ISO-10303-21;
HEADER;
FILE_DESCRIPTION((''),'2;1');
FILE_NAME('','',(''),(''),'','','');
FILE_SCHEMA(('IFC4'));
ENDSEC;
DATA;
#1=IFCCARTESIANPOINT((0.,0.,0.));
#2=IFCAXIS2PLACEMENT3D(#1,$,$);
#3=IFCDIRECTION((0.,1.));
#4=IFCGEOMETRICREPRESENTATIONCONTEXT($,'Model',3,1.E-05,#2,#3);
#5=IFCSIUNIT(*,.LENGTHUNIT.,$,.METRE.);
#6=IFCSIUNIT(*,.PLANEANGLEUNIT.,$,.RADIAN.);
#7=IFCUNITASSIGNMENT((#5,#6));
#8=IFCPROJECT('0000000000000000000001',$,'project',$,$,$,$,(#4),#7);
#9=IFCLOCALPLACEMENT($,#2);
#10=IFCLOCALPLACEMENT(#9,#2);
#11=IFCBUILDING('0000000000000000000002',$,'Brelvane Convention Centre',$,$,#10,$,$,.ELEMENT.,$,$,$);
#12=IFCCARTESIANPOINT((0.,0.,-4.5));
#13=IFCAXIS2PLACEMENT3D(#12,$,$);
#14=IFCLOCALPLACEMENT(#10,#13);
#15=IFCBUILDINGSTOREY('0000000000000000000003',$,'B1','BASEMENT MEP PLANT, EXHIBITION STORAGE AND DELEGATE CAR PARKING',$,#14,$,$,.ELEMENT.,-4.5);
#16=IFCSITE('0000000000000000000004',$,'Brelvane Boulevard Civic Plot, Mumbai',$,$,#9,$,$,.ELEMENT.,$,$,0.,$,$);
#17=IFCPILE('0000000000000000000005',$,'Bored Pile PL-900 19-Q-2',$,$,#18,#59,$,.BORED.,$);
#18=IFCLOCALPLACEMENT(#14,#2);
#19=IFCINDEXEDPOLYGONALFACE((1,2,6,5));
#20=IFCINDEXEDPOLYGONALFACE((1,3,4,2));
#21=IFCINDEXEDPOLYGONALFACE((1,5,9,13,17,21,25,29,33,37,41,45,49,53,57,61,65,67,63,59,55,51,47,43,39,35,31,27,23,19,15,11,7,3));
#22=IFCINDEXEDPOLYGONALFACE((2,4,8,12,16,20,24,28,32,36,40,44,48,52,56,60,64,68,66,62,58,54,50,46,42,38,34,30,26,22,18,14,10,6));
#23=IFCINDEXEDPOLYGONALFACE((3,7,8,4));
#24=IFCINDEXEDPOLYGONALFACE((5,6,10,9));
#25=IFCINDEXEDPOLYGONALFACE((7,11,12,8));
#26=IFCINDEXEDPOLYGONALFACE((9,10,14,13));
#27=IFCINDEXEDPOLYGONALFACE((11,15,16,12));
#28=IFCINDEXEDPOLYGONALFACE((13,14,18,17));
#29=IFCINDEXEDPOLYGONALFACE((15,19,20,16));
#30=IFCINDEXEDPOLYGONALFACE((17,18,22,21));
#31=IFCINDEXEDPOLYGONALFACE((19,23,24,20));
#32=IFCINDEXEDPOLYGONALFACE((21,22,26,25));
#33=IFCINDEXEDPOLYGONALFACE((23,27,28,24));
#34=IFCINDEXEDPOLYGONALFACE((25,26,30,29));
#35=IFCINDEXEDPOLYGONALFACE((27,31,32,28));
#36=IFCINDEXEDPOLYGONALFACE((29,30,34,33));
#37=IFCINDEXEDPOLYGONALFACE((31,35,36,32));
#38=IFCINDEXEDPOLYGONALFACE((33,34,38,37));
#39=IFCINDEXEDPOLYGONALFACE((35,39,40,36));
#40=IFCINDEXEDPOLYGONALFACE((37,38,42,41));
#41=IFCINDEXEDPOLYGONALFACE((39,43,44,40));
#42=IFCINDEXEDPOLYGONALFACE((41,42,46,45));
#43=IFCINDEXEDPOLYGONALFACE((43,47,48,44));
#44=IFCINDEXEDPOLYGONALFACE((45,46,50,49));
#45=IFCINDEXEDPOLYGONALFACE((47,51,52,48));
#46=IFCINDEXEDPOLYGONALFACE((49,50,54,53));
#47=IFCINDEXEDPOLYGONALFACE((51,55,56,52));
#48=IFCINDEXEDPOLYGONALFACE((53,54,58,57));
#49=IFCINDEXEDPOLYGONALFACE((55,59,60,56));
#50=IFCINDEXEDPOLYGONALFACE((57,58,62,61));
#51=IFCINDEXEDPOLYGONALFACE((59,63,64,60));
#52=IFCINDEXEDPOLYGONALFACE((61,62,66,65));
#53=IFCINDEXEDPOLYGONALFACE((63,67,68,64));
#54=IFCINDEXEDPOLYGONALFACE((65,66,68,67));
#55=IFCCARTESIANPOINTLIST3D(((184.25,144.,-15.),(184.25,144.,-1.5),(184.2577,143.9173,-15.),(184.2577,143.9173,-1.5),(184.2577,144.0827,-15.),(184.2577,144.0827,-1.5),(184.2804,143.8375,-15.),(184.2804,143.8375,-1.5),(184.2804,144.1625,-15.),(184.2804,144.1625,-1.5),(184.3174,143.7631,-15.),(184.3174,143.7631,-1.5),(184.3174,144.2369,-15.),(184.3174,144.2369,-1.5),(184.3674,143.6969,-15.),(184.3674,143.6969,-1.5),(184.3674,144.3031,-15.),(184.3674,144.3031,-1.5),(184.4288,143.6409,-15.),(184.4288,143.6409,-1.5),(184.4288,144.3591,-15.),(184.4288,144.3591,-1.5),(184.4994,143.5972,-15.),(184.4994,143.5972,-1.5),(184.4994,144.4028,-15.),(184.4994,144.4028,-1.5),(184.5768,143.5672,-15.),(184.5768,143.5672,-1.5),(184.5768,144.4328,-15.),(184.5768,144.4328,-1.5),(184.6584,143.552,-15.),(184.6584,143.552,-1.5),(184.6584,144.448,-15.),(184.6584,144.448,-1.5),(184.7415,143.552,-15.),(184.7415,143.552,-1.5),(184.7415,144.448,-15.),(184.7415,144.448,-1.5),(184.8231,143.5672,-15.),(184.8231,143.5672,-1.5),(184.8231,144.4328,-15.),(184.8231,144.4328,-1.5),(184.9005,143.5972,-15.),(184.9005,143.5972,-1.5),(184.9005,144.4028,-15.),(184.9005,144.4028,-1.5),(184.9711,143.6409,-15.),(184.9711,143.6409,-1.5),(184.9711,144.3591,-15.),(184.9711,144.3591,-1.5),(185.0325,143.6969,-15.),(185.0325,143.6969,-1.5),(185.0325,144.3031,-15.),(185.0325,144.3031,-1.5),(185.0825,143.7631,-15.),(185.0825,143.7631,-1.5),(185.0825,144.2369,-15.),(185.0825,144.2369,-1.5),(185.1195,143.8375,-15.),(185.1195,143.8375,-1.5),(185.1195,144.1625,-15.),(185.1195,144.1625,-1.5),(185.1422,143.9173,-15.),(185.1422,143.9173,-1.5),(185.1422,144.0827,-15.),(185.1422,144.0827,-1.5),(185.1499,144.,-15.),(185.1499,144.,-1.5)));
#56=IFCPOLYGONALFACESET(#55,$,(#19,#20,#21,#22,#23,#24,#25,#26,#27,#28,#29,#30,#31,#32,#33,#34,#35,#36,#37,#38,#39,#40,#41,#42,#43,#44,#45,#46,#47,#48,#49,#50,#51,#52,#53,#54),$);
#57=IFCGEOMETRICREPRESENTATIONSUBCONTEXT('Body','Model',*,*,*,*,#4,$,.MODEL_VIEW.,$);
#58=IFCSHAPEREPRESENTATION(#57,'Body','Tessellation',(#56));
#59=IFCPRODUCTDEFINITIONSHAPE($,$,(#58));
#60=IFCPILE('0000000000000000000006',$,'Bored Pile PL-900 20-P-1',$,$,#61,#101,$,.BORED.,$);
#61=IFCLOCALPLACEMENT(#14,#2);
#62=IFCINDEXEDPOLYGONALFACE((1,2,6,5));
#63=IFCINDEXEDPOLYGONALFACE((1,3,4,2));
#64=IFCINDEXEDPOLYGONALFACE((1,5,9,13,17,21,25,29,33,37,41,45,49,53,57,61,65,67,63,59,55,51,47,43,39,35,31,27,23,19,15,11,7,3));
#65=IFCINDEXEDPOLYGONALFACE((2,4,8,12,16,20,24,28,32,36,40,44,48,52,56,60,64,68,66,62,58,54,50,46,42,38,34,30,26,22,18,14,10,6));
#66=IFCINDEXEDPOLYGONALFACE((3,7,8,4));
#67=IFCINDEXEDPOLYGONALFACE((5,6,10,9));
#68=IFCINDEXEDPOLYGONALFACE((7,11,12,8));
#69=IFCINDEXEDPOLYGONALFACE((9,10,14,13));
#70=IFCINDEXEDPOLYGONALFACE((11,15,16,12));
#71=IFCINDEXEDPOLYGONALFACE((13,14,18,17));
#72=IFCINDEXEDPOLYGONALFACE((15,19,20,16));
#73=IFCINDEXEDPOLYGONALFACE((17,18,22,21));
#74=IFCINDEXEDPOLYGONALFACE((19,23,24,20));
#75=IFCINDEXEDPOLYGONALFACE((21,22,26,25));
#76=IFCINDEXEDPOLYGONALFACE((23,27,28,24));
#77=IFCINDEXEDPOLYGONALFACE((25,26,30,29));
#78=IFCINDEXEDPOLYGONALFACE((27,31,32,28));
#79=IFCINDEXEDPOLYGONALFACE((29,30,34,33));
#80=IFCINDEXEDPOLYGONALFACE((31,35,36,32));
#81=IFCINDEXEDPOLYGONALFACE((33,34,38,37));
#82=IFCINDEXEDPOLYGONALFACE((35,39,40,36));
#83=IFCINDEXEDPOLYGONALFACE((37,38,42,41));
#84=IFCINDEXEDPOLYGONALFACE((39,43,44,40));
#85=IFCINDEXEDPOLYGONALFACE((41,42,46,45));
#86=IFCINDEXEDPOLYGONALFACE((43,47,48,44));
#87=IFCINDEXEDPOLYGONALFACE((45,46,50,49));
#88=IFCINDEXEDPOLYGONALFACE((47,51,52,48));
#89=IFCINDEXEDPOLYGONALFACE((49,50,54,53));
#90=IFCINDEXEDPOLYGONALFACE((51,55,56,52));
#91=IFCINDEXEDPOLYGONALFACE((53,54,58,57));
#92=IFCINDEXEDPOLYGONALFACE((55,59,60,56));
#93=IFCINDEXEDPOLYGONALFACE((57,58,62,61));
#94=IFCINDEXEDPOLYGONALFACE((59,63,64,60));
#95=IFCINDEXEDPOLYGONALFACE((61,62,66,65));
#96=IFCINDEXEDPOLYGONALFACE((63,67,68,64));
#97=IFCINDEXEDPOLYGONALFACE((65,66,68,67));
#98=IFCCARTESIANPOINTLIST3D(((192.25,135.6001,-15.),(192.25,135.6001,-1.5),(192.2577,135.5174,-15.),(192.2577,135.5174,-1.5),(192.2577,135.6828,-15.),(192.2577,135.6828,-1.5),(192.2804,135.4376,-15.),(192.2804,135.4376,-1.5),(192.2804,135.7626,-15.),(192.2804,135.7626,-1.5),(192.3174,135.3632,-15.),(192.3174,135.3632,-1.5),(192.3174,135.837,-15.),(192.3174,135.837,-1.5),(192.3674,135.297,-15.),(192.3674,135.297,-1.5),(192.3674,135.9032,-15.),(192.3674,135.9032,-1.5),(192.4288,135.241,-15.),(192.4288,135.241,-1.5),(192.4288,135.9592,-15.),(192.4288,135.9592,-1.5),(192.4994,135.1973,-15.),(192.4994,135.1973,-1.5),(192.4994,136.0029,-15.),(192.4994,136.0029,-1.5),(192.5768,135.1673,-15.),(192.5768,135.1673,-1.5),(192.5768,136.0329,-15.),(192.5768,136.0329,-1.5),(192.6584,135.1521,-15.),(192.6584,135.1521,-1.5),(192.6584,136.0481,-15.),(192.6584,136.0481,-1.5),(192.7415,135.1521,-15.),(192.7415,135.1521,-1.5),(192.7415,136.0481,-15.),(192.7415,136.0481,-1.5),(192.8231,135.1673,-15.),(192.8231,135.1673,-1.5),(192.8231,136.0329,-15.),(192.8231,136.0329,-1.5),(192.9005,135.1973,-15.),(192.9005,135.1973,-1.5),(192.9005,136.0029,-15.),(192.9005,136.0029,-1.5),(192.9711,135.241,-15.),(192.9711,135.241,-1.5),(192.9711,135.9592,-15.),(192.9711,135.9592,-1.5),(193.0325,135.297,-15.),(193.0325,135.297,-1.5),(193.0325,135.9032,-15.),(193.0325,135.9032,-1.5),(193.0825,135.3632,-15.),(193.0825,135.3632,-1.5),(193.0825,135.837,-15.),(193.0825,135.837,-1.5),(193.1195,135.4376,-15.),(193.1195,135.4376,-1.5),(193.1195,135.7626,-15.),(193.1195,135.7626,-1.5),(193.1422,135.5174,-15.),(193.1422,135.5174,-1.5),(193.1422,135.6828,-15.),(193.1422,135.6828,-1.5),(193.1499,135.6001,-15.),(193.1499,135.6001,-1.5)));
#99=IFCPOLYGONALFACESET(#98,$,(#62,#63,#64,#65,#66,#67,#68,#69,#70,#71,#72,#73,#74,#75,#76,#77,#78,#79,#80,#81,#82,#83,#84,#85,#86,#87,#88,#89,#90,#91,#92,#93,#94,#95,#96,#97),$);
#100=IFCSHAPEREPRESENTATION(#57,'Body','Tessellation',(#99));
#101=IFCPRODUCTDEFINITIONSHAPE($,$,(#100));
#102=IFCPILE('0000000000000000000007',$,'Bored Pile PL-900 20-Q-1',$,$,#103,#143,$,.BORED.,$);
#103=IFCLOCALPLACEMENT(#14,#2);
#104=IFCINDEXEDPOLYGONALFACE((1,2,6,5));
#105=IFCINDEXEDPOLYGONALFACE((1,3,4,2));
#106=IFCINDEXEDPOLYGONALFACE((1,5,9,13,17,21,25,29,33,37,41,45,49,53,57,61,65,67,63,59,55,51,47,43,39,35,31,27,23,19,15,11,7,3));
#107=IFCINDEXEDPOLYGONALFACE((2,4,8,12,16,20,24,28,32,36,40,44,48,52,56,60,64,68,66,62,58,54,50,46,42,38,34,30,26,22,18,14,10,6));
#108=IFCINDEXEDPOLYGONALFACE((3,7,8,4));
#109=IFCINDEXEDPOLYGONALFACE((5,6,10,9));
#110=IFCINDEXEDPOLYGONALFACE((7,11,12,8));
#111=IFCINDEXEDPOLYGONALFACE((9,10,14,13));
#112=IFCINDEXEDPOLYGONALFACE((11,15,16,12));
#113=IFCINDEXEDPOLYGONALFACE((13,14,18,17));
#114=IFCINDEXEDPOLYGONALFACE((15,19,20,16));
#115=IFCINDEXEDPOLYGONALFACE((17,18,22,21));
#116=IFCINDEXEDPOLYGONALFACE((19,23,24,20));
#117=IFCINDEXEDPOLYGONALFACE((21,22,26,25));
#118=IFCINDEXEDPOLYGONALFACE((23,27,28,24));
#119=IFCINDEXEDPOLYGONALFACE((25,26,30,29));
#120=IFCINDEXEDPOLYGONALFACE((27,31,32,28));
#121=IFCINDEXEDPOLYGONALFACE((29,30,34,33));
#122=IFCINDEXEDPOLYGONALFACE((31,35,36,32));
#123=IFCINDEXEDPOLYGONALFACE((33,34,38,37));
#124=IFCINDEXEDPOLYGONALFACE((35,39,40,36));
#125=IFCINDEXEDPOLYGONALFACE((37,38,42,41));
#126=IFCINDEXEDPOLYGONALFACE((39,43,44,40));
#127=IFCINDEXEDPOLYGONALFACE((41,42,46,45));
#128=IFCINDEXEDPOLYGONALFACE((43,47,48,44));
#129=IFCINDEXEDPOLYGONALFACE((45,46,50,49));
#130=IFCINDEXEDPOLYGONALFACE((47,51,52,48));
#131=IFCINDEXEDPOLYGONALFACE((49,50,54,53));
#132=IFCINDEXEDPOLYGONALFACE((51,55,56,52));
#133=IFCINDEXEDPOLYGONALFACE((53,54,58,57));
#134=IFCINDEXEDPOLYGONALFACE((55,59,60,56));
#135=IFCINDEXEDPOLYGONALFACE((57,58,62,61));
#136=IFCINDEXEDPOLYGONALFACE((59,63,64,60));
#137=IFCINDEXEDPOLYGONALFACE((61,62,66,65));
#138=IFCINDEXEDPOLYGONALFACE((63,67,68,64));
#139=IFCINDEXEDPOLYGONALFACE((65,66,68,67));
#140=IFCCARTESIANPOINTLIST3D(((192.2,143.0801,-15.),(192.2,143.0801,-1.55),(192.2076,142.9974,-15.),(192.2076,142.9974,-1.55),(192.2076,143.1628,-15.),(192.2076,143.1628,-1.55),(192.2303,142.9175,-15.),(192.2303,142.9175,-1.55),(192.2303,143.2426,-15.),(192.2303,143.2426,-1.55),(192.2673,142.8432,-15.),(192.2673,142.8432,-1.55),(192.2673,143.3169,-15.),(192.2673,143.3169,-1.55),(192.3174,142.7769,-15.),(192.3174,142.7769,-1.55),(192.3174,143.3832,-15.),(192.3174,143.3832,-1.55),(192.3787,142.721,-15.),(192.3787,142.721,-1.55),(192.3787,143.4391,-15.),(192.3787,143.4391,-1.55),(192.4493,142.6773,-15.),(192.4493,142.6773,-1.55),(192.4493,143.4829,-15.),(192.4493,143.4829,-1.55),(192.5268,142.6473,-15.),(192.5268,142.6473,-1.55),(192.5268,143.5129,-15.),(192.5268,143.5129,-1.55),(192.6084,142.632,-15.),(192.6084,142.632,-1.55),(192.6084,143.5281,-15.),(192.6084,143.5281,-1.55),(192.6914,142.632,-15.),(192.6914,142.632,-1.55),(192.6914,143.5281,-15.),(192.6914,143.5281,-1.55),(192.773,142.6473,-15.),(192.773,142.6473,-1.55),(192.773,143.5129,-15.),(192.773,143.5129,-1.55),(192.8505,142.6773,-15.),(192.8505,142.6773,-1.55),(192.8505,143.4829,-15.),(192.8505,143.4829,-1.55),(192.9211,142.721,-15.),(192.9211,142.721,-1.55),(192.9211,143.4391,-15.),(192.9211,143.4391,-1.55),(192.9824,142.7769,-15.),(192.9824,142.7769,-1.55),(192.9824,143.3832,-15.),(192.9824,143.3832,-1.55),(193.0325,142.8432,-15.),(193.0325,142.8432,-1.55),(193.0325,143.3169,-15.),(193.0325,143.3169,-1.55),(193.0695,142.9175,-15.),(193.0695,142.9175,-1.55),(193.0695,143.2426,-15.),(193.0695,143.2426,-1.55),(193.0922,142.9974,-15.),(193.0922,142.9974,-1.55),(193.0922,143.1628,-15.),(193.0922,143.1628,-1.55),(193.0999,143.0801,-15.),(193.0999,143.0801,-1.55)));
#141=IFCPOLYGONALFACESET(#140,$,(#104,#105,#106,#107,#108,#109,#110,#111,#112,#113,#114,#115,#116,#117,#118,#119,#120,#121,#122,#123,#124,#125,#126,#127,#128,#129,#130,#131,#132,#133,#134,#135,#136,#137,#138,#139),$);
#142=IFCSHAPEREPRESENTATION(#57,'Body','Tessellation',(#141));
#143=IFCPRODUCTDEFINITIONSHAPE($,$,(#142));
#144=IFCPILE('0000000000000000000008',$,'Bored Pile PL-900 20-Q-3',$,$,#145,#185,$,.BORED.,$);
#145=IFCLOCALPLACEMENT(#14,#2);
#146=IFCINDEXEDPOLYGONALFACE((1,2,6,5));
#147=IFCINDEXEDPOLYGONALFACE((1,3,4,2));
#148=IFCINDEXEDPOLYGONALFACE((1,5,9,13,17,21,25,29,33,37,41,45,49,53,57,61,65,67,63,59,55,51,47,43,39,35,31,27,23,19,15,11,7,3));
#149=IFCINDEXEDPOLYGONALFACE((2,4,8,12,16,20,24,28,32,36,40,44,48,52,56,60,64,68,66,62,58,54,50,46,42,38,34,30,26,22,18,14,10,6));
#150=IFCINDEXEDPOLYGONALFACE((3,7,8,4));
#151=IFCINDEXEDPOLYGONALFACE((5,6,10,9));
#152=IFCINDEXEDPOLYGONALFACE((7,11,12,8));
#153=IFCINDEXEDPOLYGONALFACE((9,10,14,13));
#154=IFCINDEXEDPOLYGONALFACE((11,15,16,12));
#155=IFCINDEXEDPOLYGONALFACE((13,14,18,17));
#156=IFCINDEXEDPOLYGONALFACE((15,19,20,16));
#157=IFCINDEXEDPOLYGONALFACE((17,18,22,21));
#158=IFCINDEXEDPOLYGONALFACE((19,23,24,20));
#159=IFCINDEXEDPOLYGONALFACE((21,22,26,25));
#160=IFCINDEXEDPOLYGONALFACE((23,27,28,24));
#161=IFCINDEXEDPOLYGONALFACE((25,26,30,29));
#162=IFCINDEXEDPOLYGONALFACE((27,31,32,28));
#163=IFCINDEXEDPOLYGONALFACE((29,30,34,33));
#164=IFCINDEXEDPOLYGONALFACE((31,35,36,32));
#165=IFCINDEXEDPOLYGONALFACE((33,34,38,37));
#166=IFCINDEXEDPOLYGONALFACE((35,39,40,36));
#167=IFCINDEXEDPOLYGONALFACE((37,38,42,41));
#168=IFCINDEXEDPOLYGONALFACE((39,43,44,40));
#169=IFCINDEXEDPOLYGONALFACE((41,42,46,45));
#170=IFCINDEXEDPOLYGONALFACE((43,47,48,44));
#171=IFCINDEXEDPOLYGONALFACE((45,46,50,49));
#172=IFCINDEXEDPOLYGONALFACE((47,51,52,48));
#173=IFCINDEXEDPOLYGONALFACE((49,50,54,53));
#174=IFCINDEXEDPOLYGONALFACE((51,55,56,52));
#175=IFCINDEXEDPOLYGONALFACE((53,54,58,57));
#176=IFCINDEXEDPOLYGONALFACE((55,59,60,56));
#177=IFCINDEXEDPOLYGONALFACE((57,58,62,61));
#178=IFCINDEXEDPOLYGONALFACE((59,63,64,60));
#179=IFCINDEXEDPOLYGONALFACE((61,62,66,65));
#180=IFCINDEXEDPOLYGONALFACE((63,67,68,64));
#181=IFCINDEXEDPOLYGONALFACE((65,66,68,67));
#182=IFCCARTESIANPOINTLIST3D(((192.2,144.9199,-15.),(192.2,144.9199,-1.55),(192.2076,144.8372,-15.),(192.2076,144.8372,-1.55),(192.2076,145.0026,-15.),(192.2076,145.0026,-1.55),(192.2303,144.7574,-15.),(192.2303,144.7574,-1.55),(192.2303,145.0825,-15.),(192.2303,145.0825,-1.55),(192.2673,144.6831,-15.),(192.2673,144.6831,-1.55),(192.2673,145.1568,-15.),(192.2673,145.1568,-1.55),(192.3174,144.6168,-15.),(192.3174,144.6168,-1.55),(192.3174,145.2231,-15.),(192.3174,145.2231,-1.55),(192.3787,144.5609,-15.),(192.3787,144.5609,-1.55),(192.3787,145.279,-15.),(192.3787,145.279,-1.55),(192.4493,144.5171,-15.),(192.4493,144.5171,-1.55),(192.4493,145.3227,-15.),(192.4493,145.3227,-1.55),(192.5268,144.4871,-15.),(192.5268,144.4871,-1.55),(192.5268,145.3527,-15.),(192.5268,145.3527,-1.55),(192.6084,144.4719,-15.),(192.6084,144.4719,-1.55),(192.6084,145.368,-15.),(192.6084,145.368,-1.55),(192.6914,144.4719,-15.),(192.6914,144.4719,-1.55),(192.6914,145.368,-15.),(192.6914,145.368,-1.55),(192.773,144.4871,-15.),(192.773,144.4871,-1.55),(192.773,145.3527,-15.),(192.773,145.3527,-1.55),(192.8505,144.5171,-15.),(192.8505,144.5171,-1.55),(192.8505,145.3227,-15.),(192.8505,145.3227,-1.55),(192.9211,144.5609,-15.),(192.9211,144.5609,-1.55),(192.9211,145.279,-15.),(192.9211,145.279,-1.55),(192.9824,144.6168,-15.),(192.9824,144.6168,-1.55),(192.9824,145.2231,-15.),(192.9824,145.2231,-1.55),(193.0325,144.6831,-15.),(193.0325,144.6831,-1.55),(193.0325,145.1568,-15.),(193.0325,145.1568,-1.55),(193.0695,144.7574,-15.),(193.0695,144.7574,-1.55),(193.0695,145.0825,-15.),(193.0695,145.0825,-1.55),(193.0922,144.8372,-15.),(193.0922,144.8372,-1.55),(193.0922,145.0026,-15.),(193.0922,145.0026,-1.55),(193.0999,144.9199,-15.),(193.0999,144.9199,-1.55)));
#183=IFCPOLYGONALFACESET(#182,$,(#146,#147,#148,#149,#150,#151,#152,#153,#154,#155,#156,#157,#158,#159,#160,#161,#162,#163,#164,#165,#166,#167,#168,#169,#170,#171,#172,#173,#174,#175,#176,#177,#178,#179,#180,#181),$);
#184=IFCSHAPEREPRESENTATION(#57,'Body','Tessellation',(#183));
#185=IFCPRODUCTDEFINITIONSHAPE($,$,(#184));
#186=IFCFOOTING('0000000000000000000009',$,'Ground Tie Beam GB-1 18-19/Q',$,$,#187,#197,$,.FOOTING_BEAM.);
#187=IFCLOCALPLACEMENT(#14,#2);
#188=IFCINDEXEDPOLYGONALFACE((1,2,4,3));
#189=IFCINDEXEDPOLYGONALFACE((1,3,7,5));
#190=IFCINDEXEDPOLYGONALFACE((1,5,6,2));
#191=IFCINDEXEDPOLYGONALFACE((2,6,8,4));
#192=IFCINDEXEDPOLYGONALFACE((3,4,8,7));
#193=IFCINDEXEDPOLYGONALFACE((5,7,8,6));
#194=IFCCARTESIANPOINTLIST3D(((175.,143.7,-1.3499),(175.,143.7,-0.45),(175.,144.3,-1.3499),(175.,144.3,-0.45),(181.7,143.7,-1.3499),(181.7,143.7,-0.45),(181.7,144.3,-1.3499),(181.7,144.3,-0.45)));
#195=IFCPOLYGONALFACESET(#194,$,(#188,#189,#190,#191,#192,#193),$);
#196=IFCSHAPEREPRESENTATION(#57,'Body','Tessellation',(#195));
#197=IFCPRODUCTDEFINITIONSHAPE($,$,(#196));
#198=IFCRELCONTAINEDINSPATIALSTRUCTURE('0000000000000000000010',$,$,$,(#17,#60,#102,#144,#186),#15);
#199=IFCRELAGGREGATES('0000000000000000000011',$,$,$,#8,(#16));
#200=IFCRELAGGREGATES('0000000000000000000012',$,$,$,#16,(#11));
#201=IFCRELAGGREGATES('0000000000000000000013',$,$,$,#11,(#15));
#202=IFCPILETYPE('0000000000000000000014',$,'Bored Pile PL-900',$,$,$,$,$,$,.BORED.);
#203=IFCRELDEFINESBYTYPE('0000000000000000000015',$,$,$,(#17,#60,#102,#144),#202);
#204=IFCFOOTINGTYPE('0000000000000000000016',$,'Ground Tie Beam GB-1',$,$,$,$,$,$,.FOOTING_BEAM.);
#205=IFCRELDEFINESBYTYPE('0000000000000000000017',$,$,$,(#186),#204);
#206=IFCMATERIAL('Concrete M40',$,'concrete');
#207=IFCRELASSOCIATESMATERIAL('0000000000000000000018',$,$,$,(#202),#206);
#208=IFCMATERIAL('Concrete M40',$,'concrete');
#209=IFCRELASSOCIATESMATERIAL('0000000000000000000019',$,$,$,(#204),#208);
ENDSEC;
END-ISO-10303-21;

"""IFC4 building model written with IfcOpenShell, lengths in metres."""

from ifc_helpers import new_model, si_unit, direction, frame, origin, origin_2d, place, context, subcontext, project, spatial, rectangle, circle, extrude, material, material_profile, profile_set, type_object, element, save


model = new_model("IFC4")

# Units and contexts
model_context = context("Model", 3, precision=1e-05, world=origin(), true_north=direction((0.0, 1.0)))
body_context = subcontext(model_context, "Body", "Model", "MODEL_VIEW")
ifc_project = project(units=[si_unit("LENGTHUNIT", "METRE"), si_unit("PLANEANGLEUNIT", "RADIAN")], contexts=[model_context])

# Site, building, storey
site_placement = place(None, origin())
site = spatial("IfcSite", under=ifc_project, at=site_placement, Name="Brelvane Boulevard Civic Plot, Mumbai", CompositionType="ELEMENT", RefElevation=0.0)
building_placement = place(site_placement, origin())
building = spatial("IfcBuilding", under=site, at=building_placement, Name="Brelvane Convention Centre", CompositionType="ELEMENT")
storey_placement = place(building_placement, frame((0.0, 0.0, -4.5)))
storey = spatial("IfcBuildingStorey", under=building, at=storey_placement, Name="B1", Description="BASEMENT MEP PLANT, EXHIBITION STORAGE AND DELEGATE CAR PARKING", CompositionType="ELEMENT", Elevation=-4.5)

# Piles
ifc_material_1 = material(Name="Concrete M40", Category="concrete")
ifc_material_profile_1 = material_profile(ifc_material_1, circle(Radius=0.45, at=origin_2d()), Name="PILE D900")
ifc_profile_set_1 = profile_set([ifc_material_profile_1], Name="Concrete M40")
pile_type = type_object("IfcPileType", Name="Bored Pile PL-900", PredefinedType="BORED", material=ifc_profile_set_1)
for number, where, z_axis, x_axis, name in (
    (1, (184.7, 144.0, -1.5), (0.0, 0.0, -1.0), (1.0, 0.0, 0.0), "Bored Pile PL-900 19-Q-2"),
    (2, (192.7, 135.6001, -1.5), (0.0, 0.0, -1.0), (1.0, 0.0, 0.0), "Bored Pile PL-900 20-P-1"),
):
    element("IfcPile", number, at=place(storey_placement, frame(where, z_axis=z_axis, x_axis=x_axis)), inside=storey, type_object=pile_type, Name=name, PredefinedType="BORED", context=body_context, shape_type="SweptSolid", body=[
        extrude(circle(Radius=0.45, at=origin_2d()), origin(), (0.0, 0.0, 1.0), 13.5),
    ])
for number, where, z_axis, x_axis, name in (
    (3, (192.6499, 143.0801, -1.55), (0.0, 0.0, -1.0), (1.0, 0.0, 0.0), "Bored Pile PL-900 20-Q-1"),
    (4, (192.6499, 144.9199, -1.55), (0.0, 0.0, -1.0), (1.0, 0.0, 0.0), "Bored Pile PL-900 20-Q-3"),
):
    element("IfcPile", number, at=place(storey_placement, frame(where, z_axis=z_axis, x_axis=x_axis)), inside=storey, type_object=pile_type, Name=name, PredefinedType="BORED", context=body_context, shape_type="SweptSolid", body=[
        extrude(circle(Radius=0.45, at=origin_2d()), origin(), (0.0, 0.0, 1.0), 13.45),
    ])

# Footing
ifc_material_2 = material(Name="Concrete M40", Category="concrete")
ifc_material_profile_2 = material_profile(ifc_material_2, rectangle(XDim=0.6001, YDim=0.8999, at=origin_2d()), Name="RC 600x900")
ifc_profile_set_2 = profile_set([ifc_material_profile_2], Name="Concrete M40")
footing_type_1 = type_object("IfcFootingType", Name="Ground Tie Beam GB-1", PredefinedType="FOOTING_BEAM", material=ifc_profile_set_2)
footing_1_placement = place(storey_placement, frame((175.0, 144.0, -0.8999), z_axis=(1.0, 0.0, 0.0), x_axis=(0.0, 1.0, 0.0)))
element("IfcFooting", 5, at=footing_1_placement, inside=storey, type_object=footing_type_1, Name="Ground Tie Beam GB-1 18-19/Q", PredefinedType="FOOTING_BEAM", context=body_context, shape_type="SweptSolid", body=[
    extrude(rectangle(XDim=0.6001, YDim=0.8999, at=origin_2d()), origin(), (0.0, 0.0, 1.0), 6.7),
])

save(model, "model.ifc")
